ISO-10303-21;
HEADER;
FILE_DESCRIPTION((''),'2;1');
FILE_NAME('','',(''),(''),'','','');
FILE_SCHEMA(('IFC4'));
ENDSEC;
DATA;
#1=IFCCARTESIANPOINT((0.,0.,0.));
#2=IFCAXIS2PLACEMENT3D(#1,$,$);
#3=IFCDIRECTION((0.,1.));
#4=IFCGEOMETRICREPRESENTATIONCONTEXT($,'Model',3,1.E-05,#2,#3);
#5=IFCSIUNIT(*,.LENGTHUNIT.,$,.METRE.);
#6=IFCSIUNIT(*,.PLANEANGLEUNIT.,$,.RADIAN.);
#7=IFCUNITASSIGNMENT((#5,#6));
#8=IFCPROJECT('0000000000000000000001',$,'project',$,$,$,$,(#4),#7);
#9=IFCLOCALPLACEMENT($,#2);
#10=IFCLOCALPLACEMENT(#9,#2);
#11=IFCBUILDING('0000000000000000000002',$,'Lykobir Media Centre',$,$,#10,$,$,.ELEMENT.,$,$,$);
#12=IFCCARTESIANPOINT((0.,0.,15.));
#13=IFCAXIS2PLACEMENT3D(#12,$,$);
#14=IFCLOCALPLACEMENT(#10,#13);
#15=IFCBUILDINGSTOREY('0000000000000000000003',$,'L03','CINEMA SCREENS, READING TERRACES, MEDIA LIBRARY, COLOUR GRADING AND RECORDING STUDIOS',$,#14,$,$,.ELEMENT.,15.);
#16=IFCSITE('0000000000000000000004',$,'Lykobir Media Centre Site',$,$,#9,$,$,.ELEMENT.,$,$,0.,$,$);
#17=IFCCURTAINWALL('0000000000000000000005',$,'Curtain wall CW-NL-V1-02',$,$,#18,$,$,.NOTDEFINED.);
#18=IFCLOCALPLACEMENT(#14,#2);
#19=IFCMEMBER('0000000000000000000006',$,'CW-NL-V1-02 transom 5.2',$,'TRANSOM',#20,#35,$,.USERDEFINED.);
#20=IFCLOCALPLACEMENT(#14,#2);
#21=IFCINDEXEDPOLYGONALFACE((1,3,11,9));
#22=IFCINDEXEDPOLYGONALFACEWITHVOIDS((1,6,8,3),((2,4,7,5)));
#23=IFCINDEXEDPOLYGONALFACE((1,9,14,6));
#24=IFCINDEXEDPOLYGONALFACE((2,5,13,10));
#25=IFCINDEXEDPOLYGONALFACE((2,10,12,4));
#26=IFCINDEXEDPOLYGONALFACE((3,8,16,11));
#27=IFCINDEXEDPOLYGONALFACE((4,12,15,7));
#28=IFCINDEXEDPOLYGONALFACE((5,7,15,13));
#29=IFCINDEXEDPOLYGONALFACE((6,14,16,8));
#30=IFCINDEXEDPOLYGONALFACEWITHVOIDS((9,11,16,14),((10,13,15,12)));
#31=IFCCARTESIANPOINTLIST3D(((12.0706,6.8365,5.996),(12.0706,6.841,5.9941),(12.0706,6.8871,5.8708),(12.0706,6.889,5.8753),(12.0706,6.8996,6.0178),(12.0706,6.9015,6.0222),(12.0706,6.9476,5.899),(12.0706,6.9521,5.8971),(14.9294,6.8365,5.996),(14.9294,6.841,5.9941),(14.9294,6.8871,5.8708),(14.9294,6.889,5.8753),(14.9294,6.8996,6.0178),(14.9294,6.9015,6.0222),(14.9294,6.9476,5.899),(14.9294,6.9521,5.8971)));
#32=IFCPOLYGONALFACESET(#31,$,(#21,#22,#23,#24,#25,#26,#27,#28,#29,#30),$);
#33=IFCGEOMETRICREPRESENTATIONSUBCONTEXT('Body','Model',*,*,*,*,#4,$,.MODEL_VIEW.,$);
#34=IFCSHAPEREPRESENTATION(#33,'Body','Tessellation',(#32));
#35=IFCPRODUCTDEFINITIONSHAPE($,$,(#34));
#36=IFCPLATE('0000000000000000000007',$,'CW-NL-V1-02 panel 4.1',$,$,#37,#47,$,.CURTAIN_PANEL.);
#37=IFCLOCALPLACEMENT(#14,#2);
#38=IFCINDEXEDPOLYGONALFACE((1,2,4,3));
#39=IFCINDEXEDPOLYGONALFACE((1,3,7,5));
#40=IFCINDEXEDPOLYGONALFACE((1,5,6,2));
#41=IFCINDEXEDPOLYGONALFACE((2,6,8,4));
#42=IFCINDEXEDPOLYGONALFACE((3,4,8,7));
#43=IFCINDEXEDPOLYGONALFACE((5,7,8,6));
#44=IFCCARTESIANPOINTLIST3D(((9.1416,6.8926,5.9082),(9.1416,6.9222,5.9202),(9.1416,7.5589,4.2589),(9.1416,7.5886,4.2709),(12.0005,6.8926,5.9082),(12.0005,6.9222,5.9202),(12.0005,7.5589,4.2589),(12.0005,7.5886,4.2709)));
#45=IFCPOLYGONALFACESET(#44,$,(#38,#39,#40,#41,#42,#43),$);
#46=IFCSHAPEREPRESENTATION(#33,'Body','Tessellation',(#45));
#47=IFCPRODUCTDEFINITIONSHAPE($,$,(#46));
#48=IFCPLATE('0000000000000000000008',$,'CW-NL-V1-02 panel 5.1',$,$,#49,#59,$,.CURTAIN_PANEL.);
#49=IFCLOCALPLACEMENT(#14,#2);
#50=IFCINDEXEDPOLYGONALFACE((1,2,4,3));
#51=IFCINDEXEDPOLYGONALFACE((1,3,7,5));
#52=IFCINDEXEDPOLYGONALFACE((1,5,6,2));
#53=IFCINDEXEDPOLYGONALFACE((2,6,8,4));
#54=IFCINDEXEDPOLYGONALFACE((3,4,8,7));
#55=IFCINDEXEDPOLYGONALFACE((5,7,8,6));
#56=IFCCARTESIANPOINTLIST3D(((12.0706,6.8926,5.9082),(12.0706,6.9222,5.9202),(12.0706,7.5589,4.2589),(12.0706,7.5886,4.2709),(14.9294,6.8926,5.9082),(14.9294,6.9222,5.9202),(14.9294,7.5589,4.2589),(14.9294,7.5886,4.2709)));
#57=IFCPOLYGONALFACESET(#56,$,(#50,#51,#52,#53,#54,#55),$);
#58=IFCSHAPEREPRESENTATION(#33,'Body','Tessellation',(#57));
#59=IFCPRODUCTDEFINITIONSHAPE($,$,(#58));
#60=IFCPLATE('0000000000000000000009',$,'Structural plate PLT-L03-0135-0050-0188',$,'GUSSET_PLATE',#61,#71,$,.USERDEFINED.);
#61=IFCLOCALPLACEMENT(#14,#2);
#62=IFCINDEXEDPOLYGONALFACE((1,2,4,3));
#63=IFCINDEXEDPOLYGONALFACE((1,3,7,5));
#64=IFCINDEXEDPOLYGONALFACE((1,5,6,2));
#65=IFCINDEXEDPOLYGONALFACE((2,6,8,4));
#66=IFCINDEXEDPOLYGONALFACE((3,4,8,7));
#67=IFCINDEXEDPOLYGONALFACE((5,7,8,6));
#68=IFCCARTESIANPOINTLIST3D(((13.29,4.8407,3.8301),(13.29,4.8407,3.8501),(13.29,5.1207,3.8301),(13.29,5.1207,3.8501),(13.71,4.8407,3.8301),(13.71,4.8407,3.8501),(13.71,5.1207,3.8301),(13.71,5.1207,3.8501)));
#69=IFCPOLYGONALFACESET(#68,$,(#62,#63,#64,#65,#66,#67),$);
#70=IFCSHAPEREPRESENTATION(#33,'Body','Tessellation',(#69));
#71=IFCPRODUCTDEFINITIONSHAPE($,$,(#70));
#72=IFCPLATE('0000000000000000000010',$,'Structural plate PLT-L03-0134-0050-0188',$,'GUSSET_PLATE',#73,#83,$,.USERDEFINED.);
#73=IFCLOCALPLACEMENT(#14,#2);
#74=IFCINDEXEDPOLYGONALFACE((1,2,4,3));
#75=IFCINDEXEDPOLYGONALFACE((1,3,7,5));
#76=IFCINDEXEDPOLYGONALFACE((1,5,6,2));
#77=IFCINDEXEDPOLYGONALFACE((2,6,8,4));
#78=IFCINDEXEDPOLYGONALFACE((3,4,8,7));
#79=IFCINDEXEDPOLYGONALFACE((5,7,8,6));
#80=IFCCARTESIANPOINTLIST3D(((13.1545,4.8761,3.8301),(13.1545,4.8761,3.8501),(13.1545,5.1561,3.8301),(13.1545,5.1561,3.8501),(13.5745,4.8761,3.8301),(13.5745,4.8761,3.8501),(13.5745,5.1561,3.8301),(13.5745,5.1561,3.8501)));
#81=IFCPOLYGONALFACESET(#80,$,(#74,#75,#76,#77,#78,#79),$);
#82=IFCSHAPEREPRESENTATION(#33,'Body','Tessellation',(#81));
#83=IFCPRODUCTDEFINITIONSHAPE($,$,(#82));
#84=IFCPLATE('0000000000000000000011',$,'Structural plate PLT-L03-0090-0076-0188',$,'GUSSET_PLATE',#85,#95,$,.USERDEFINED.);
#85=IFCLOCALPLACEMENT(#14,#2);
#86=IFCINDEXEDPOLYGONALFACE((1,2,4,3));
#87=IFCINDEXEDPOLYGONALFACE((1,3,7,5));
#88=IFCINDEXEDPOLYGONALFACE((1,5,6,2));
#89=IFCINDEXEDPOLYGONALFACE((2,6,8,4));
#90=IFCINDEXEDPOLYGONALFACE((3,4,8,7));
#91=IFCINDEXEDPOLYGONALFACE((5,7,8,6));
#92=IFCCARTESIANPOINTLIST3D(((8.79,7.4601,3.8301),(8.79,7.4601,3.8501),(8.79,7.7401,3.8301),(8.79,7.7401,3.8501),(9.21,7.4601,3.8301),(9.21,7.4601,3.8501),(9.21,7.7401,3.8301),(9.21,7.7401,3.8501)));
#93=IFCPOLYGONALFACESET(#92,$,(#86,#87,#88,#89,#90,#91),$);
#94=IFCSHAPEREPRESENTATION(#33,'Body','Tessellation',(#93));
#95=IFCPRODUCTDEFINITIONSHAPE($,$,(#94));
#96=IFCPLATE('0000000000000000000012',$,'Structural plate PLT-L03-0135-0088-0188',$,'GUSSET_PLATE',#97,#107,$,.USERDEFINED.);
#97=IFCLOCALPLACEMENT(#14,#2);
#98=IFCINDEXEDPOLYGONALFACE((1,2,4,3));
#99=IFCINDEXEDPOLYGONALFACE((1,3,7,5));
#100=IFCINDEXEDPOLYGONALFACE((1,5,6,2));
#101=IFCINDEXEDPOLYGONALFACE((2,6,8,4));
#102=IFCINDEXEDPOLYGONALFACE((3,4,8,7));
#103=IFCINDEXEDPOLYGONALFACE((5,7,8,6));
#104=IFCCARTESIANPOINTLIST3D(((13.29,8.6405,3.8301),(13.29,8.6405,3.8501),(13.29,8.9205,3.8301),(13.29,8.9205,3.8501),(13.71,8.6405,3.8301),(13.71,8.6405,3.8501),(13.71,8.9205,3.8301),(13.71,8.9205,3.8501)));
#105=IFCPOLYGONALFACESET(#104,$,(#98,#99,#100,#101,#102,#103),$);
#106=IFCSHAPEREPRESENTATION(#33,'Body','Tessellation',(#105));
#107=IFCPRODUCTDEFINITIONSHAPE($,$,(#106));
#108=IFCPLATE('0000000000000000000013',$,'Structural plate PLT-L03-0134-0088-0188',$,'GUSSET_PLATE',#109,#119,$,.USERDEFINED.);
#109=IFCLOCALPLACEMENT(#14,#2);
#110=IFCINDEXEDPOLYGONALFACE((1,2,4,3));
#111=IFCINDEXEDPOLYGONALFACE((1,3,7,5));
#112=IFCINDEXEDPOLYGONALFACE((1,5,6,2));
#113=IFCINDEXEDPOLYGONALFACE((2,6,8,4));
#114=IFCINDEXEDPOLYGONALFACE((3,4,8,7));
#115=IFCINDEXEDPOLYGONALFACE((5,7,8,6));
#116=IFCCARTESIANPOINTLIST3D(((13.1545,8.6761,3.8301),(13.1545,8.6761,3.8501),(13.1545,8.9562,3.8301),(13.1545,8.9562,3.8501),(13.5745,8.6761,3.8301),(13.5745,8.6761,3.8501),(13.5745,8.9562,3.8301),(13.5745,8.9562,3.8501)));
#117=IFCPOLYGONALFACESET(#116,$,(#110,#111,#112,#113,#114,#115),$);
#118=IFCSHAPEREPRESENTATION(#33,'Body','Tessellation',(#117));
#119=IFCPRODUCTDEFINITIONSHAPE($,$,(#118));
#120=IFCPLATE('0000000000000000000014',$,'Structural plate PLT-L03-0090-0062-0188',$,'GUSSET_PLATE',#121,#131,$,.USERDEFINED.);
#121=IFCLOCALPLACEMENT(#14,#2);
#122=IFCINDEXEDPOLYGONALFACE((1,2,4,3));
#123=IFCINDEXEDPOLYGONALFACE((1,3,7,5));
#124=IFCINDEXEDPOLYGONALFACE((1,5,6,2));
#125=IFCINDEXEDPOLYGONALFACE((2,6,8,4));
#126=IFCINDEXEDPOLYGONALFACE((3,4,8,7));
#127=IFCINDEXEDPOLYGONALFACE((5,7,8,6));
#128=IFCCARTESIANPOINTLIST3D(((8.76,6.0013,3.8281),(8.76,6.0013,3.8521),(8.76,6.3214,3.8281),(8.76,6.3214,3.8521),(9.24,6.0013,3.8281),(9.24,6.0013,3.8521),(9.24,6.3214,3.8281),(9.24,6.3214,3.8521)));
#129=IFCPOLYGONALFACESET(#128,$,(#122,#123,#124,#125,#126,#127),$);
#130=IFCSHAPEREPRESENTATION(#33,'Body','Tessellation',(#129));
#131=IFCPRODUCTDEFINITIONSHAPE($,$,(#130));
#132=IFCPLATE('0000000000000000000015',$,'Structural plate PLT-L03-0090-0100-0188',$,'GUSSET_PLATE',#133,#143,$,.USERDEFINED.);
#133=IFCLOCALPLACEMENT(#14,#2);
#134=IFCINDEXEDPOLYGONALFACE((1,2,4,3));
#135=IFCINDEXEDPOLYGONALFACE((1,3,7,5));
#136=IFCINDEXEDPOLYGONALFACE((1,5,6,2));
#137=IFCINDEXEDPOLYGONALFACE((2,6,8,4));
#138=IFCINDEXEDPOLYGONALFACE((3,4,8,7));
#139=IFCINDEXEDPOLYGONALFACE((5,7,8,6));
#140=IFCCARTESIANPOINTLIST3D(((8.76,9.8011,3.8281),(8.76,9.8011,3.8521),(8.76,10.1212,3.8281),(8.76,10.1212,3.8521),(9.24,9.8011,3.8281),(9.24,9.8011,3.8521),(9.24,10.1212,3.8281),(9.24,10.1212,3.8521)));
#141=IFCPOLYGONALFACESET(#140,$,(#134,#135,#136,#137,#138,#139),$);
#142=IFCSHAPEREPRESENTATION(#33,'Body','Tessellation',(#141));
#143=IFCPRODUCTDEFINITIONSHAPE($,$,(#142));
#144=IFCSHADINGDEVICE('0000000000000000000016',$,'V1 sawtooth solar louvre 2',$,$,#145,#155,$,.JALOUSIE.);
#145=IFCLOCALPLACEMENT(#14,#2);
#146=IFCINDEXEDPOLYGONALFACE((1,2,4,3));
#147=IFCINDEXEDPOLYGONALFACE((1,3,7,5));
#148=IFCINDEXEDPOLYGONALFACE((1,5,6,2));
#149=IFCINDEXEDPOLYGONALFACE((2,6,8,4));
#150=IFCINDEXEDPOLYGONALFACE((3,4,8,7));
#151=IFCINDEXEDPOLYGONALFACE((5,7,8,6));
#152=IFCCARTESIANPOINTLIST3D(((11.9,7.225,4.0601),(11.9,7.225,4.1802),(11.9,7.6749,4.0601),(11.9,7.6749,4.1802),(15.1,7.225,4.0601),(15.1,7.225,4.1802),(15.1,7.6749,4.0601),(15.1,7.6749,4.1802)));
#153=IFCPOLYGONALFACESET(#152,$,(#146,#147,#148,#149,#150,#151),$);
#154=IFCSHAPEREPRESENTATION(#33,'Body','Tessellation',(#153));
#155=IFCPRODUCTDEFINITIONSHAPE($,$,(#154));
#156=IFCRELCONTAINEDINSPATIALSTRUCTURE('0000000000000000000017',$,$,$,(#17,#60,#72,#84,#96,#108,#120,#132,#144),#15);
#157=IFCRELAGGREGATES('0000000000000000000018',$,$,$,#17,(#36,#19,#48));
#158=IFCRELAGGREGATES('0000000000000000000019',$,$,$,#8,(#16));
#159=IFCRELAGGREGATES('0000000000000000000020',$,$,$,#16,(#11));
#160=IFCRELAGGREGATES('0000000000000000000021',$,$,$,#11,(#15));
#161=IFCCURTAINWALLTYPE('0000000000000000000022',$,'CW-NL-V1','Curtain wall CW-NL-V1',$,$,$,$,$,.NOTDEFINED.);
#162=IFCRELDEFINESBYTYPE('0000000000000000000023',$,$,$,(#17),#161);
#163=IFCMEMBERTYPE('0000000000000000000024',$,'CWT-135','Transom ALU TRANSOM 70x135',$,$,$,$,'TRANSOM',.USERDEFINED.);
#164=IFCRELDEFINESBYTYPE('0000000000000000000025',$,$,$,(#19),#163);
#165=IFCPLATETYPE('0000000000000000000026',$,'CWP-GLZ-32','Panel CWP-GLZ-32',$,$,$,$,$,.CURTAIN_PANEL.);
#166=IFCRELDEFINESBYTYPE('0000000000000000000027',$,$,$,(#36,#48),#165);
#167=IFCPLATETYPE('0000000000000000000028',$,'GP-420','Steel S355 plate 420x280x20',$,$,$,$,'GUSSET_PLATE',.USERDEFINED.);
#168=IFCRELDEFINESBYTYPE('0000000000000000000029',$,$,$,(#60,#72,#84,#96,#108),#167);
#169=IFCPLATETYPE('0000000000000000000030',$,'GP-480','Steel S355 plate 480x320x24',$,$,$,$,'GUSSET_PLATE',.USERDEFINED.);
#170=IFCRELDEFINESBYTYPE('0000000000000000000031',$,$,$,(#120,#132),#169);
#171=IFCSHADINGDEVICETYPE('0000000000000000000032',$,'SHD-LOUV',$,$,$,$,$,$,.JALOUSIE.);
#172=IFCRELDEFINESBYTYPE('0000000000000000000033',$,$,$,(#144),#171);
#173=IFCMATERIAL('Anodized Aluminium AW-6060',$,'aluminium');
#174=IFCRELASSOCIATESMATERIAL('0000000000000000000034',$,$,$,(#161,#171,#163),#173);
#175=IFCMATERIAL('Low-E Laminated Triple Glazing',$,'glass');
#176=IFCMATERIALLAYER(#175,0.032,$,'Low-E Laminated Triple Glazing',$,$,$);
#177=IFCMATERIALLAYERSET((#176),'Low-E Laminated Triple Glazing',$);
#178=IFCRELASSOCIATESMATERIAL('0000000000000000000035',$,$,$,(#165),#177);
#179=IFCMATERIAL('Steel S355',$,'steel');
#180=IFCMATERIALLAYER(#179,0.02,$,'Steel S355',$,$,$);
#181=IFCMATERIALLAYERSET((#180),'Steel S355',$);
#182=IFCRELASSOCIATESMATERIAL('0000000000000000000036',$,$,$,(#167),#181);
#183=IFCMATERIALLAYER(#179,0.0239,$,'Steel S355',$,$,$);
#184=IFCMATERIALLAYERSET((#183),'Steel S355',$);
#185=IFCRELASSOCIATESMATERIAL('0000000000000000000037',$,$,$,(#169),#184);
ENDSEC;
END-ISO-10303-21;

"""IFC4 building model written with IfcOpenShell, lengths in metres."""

from ifc_helpers import new_model, si_unit, direction, frame, origin, origin_2d, place, context, subcontext, project, spatial, rectangle, hollow_rectangle, extrude, material, layer, layer_set, material_profile, profile_set, type_object, element, aggregate, save


model = new_model("IFC4")

# Units and contexts
model_context = context("Model", 3, precision=1e-05, world=origin(), true_north=direction((0.0, 1.0)))
body_context = subcontext(model_context, "Body", "Model", "MODEL_VIEW")
ifc_project = project(units=[si_unit("LENGTHUNIT", "METRE"), si_unit("PLANEANGLEUNIT", "RADIAN")], contexts=[model_context])

# Site, building, storey
site_placement = place(None, origin())
site = spatial("IfcSite", under=ifc_project, at=site_placement, Name="Lykobir Media Centre Site", CompositionType="ELEMENT", RefElevation=0.0)
building_placement = place(site_placement, origin())
building = spatial("IfcBuilding", under=site, at=building_placement, Name="Lykobir Media Centre", CompositionType="ELEMENT")
storey_placement = place(building_placement, frame((0.0, 0.0, 15.0)))
storey = spatial("IfcBuildingStorey", under=building, at=storey_placement, Name="L03", Description="CINEMA SCREENS, READING TERRACES, MEDIA LIBRARY, COLOUR GRADING AND RECORDING STUDIOS", CompositionType="ELEMENT", Elevation=15.0)

# Shared definitions
ifc_material_1 = material(Name="Steel S355", Category="steel")

# Shared definitions
ifc_material_2 = material(Name="Anodized Aluminium AW-6060", Category="aluminium")
curtain_wall_type = type_object("IfcCurtainWallType", Name="CW-NL-V1", Description="Curtain wall CW-NL-V1", PredefinedType="NOTDEFINED", material=ifc_material_2)

# Curtain wall, member, plates
curtain_wall_1_placement = place(storey_placement, origin())
curtain_wall_1 = element("IfcCurtainWall", 1, at=curtain_wall_1_placement, inside=storey, type_object=curtain_wall_type, Name="Curtain wall CW-NL-V1-02", PredefinedType="NOTDEFINED")
ifc_material_profile_1 = material_profile(ifc_material_2, hollow_rectangle(XDim=0.0701, YDim=0.135, WallThickness=0.0034, at=origin_2d()), Name="ALU TRANSOM 70x135")
ifc_profile_set_1 = profile_set([ifc_material_profile_1], Name="Anodized Aluminium AW-6060")
member_type_1 = type_object("IfcMemberType", Name="CWT-135", Description="Transom ALU TRANSOM 70x135", ElementType="TRANSOM", PredefinedType="USERDEFINED", material=ifc_profile_set_1)
member_1_placement = place(storey_placement, frame((12.0706, 6.8943, 5.9465), z_axis=(1.0, 0.0, 0.0), x_axis=(0.0, 0.927184, 0.374607)))
member_1 = element("IfcMember", 2, at=member_1_placement, type_object=member_type_1, Name="CW-NL-V1-02 transom 5.2", ObjectType="TRANSOM", PredefinedType="USERDEFINED", context=body_context, shape_type="SweptSolid", body=[
    extrude(hollow_rectangle(XDim=0.0701, YDim=0.135, WallThickness=0.0034, at=origin_2d()), origin(), (0.0, 0.0, 1.0), 2.8589),
])
ifc_material_3 = material(Name="Low-E Laminated Triple Glazing", Category="glass")
ifc_layer_1 = layer(ifc_material_3, 0.032, Name="Low-E Laminated Triple Glazing")
ifc_layer_set_1 = layer_set([ifc_layer_1], Name="Low-E Laminated Triple Glazing")
plate_type_1 = type_object("IfcPlateType", Name="CWP-GLZ-32", Description="Panel CWP-GLZ-32", PredefinedType="CURTAIN_PANEL", material=ifc_layer_set_1)
plate_1_placement = place(storey_placement, frame((10.571, 7.5737, 4.2649), z_axis=(0.0, -0.374607, 0.927184), x_axis=(1.0, 0.0, 0.0)))
plate_1 = element("IfcPlate", 3, at=plate_1_placement, type_object=plate_type_1, Name="CW-NL-V1-02 panel 4.1", PredefinedType="CURTAIN_PANEL", context=body_context, shape_type="SweptSolid", body=[
    extrude(rectangle(XDim=2.8589, YDim=0.032, at=origin_2d()), origin(), (0.0, 0.0, 1.0), 1.7788),
])
plate_2_placement = place(storey_placement, frame((13.5, 7.5737, 4.2649), z_axis=(0.0, -0.374607, 0.927184), x_axis=(1.0, 0.0, 0.0)))
plate_2 = element("IfcPlate", 4, at=plate_2_placement, type_object=plate_type_1, Name="CW-NL-V1-02 panel 5.1", PredefinedType="CURTAIN_PANEL", context=body_context, shape_type="SweptSolid", body=[
    extrude(rectangle(XDim=2.8589, YDim=0.032, at=origin_2d()), origin(), (0.0, 0.0, 1.0), 1.7788),
])
aggregate(curtain_wall_1, [plate_1, member_1, plate_2])

# Plates
ifc_layer_2 = layer(ifc_material_1, 0.02, Name="Steel S355")
ifc_layer_set_2 = layer_set([ifc_layer_2], Name="Steel S355")
plate_type_2 = type_object("IfcPlateType", Name="GP-420", Description="Steel S355 plate 420x280x20", ElementType="GUSSET_PLATE", PredefinedType="USERDEFINED", material=ifc_layer_set_2)
for number, where, z_axis, x_axis, name in (
    (5, (13.5, 4.9807, 3.8301), (0.0, 0.0, 1.0), (1.0, 0.0, 0.0), "Structural plate PLT-L03-0135-0050-0188"),
    (6, (13.3645, 5.0161, 3.8301), (0.0, 0.0, 1.0), (1.0, 0.0, 0.0), "Structural plate PLT-L03-0134-0050-0188"),
    (7, (9.0, 7.6001, 3.8301), (0.0, 0.0, 1.0), (1.0, 0.0, 0.0), "Structural plate PLT-L03-0090-0076-0188"),
    (8, (13.5, 8.7805, 3.8301), (0.0, 0.0, 1.0), (1.0, 0.0, 0.0), "Structural plate PLT-L03-0135-0088-0188"),
    (9, (13.3645, 8.8162, 3.8301), (0.0, 0.0, 1.0), (1.0, 0.0, 0.0), "Structural plate PLT-L03-0134-0088-0188"),
):
    element("IfcPlate", number, at=place(storey_placement, frame(where, z_axis=z_axis, x_axis=x_axis)), inside=storey, type_object=plate_type_2, Name=name, ObjectType="GUSSET_PLATE", PredefinedType="USERDEFINED", context=body_context, shape_type="SweptSolid", body=[
        extrude(rectangle(XDim=0.4199, YDim=0.28, at=origin_2d()), origin(), (0.0, 0.0, 1.0), 0.02),
    ])
ifc_layer_3 = layer(ifc_material_1, 0.0239, Name="Steel S355")
ifc_layer_set_3 = layer_set([ifc_layer_3], Name="Steel S355")
plate_type_3 = type_object("IfcPlateType", Name="GP-480", Description="Steel S355 plate 480x320x24", ElementType="GUSSET_PLATE", PredefinedType="USERDEFINED", material=ifc_layer_set_3)
for number, where, z_axis, x_axis, name in (
    (10, (9.0, 6.1614, 3.8281), (0.0, 0.0, 1.0), (1.0, 0.0, 0.0), "Structural plate PLT-L03-0090-0062-0188"),
    (11, (9.0, 9.9612, 3.8281), (0.0, 0.0, 1.0), (1.0, 0.0, 0.0), "Structural plate PLT-L03-0090-0100-0188"),
):
    element("IfcPlate", number, at=place(storey_placement, frame(where, z_axis=z_axis, x_axis=x_axis)), inside=storey, type_object=plate_type_3, Name=name, ObjectType="GUSSET_PLATE", PredefinedType="USERDEFINED", context=body_context, shape_type="SweptSolid", body=[
        extrude(rectangle(XDim=0.48, YDim=0.3201, at=origin_2d()), origin(), (0.0, 0.0, 1.0), 0.0239),
    ])

# Shading device
shading_device_type = type_object("IfcShadingDeviceType", Name="SHD-LOUV", PredefinedType="JALOUSIE", material=ifc_material_2)
shading_device_placement = place(storey_placement, frame((13.5, 7.45, 4.0601), z_axis=(0.0, 0.0, 1.0), x_axis=(1.0, 0.0, 0.0)))
element("IfcShadingDevice", 12, at=shading_device_placement, inside=storey, type_object=shading_device_type, Name="V1 sawtooth solar louvre 2", PredefinedType="JALOUSIE", context=body_context, shape_type="SweptSolid", body=[
    extrude(rectangle(XDim=3.2, YDim=0.45, at=origin_2d()), origin(), (0.0, 0.0, 1.0), 0.1201),
])

save(model, "model.ifc")
